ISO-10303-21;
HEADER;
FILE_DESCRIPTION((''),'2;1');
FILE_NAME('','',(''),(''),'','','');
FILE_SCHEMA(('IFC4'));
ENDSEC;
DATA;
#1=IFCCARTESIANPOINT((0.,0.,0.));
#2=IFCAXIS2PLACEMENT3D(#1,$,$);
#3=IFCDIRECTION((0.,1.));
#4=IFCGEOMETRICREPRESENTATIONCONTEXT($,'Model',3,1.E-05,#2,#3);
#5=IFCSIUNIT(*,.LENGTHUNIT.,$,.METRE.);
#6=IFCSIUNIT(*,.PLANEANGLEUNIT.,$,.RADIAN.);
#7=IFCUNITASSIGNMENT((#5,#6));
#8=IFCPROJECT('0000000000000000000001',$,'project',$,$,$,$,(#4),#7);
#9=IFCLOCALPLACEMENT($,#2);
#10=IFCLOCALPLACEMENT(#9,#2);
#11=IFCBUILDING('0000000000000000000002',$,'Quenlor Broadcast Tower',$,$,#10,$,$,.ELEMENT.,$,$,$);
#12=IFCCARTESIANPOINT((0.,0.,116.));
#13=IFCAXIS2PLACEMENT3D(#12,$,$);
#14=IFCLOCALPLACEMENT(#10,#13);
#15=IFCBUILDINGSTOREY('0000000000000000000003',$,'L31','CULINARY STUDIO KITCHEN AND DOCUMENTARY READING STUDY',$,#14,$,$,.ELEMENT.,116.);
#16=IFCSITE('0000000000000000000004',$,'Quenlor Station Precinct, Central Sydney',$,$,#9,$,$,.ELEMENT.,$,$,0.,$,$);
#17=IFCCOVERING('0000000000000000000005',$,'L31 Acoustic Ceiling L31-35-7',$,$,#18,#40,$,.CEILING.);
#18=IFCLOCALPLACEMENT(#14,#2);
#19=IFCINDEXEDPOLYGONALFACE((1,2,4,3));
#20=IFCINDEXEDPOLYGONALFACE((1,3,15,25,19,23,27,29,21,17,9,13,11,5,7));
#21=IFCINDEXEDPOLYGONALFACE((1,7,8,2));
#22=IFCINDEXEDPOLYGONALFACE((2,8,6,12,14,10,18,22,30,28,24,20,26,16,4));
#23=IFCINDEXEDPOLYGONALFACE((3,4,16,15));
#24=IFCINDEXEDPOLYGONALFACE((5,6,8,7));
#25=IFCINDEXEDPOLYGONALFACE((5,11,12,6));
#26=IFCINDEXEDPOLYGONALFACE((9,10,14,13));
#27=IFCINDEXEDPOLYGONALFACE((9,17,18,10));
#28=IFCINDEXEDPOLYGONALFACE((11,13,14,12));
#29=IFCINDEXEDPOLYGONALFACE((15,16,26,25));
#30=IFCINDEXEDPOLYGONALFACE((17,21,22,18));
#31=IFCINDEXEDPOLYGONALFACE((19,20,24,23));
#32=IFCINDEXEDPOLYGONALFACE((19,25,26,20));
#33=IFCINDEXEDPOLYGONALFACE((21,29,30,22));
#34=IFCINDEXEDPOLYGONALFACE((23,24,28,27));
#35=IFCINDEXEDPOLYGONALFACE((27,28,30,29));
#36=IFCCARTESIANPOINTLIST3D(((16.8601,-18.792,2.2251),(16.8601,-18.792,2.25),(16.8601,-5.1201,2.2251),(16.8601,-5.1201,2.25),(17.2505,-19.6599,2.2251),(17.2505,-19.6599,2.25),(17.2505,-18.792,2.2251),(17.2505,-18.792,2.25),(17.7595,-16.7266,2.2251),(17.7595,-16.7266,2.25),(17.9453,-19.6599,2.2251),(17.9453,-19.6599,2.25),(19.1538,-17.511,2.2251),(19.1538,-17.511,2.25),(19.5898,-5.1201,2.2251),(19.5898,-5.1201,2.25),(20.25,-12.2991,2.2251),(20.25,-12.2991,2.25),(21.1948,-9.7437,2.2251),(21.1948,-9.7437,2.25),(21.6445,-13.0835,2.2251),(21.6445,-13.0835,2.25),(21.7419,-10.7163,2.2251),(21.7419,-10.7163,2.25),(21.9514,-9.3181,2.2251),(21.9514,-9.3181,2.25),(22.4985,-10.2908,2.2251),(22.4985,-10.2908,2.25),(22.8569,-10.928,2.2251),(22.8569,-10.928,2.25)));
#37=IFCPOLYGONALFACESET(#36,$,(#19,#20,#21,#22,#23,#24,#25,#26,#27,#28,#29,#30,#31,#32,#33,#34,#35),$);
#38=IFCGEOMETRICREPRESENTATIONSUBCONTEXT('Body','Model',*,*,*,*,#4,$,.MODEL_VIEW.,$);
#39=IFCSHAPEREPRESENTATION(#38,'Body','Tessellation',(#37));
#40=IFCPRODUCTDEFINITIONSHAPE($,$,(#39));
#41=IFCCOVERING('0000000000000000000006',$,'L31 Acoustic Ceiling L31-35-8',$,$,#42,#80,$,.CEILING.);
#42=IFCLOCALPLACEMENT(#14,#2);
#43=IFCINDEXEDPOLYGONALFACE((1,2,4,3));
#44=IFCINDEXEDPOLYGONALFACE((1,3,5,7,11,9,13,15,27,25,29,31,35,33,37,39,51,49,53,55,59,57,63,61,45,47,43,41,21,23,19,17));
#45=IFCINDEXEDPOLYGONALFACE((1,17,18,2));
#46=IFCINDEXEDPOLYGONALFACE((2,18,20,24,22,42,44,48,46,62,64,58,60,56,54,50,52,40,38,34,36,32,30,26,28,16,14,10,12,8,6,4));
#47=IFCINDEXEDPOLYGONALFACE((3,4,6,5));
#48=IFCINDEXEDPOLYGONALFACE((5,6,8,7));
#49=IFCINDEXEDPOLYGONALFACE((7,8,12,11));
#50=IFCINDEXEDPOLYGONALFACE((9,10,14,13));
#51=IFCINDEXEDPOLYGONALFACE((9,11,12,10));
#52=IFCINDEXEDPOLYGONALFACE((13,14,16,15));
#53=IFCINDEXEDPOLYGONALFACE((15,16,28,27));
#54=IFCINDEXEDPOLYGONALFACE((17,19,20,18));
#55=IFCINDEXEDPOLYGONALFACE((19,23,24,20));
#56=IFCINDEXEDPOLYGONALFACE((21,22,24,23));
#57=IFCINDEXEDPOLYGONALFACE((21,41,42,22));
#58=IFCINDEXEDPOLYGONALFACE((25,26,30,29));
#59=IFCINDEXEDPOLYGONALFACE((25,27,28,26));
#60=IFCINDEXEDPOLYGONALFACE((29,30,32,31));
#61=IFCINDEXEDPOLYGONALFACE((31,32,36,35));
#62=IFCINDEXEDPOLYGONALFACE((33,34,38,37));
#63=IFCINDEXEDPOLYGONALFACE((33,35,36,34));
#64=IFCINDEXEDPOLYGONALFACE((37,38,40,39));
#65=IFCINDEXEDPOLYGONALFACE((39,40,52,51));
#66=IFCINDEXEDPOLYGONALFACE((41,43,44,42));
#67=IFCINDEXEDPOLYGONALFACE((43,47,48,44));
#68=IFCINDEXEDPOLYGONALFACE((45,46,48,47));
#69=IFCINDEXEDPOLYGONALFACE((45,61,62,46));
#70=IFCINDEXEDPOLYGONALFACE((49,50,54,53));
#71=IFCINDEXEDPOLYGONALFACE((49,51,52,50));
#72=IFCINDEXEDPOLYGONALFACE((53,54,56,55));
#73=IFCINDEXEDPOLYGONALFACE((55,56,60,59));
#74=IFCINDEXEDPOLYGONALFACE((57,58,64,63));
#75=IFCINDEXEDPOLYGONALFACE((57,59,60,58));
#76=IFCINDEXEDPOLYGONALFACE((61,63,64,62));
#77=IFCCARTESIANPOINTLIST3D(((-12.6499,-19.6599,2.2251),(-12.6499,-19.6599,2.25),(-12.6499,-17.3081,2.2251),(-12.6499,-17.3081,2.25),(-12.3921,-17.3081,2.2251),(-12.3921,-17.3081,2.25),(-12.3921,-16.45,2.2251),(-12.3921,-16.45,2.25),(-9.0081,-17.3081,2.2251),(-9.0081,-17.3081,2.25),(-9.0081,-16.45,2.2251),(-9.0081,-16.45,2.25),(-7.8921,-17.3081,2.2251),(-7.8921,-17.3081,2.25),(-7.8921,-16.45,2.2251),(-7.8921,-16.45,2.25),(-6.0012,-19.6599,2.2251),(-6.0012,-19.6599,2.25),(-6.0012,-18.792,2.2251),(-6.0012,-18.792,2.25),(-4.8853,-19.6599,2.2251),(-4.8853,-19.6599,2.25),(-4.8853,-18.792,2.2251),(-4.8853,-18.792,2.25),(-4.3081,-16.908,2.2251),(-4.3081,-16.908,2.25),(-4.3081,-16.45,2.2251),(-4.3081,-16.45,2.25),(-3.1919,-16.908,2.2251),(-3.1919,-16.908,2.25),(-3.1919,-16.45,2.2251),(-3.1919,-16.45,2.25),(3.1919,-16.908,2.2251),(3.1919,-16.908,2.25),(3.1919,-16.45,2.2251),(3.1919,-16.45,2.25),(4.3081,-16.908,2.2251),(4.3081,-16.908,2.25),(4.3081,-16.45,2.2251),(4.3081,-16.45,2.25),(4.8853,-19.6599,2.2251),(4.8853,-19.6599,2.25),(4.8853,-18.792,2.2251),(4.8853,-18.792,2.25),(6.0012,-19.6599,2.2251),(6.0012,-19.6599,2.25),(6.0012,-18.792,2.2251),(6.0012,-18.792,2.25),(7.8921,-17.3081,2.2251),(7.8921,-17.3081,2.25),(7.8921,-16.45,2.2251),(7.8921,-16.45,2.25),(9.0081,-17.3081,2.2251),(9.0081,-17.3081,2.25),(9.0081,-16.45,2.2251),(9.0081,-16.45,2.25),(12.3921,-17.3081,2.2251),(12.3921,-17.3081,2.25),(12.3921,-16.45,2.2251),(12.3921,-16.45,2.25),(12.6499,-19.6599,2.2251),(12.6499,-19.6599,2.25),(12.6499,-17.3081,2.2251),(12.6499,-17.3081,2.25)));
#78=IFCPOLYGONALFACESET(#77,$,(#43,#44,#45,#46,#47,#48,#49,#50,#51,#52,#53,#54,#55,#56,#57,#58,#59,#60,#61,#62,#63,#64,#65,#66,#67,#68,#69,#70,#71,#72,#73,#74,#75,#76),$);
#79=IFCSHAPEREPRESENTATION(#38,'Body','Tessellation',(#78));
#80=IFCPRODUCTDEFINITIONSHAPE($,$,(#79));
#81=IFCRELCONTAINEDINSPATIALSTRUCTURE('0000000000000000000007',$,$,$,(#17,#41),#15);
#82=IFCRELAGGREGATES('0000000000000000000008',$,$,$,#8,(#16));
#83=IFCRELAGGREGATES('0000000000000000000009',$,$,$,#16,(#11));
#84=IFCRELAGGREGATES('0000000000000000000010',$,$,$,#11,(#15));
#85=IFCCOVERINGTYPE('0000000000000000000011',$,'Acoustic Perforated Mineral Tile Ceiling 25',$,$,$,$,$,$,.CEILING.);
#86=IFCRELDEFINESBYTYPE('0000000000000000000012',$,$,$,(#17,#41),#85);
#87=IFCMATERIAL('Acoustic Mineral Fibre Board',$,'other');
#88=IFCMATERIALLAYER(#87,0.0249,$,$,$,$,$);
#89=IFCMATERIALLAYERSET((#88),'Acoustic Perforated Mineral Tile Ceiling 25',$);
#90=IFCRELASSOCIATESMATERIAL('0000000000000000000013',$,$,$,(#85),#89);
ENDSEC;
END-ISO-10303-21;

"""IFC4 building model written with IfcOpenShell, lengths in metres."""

from ifc_helpers import new_model, si_unit, direction, frame, origin, place, context, subcontext, project, spatial, polyline, outline, extrude, material, layer, layer_set, type_object, element, save


model = new_model("IFC4")

# Units and contexts
model_context = context("Model", 3, precision=1e-05, world=origin(), true_north=direction((0.0, 1.0)))
body_context = subcontext(model_context, "Body", "Model", "MODEL_VIEW")
ifc_project = project(units=[si_unit("LENGTHUNIT", "METRE"), si_unit("PLANEANGLEUNIT", "RADIAN")], contexts=[model_context])

# Site, building, storey
site_placement = place(None, origin())
site = spatial("IfcSite", under=ifc_project, at=site_placement, Name="Quenlor Station Precinct, Central Sydney", CompositionType="ELEMENT", RefElevation=0.0)
building_placement = place(site_placement, origin())
building = spatial("IfcBuilding", under=site, at=building_placement, Name="Quenlor Broadcast Tower", CompositionType="ELEMENT")
storey_placement = place(building_placement, frame((0.0, 0.0, 116.0)))
storey = spatial("IfcBuildingStorey", under=building, at=storey_placement, Name="L31", Description="CULINARY STUDIO KITCHEN AND DOCUMENTARY READING STUDY", CompositionType="ELEMENT", Elevation=116.0)

# Coverings
ifc_material_1 = material(Name="Acoustic Mineral Fibre Board", Category="other")
ifc_layer_1 = layer(ifc_material_1, 0.0249)
ifc_layer_set_1 = layer_set([ifc_layer_1], Name="Acoustic Perforated Mineral Tile Ceiling 25")
covering_type = type_object("IfcCoveringType", Name="Acoustic Perforated Mineral Tile Ceiling 25", PredefinedType="CEILING", material=ifc_layer_set_1)
covering_1_placement = place(storey_placement, frame((0.0, 0.0, 2.2251)))
element("IfcCovering", 1, at=covering_1_placement, inside=storey, type_object=covering_type, Name="L31 Acoustic Ceiling L31-35-7", PredefinedType="CEILING", context=body_context, shape_type="SweptSolid", body=[
    extrude(outline(polyline([(21.9514, -9.3181), (21.1948, -9.7437), (21.7419, -10.7163), (22.4985, -10.2908), (22.8569, -10.928), (21.6445, -13.0835), (20.25, -12.2991), (17.7595, -16.7266), (19.1538, -17.511), (17.9453, -19.6599), (17.2505, -19.6599), (17.2505, -18.792), (16.8601, -18.792), (16.8601, -5.1201), (19.5898, -5.1201), (21.9514, -9.3181)])), origin(), (0.0, 0.0, 1.0), 0.0249),
])
covering_2_placement = place(storey_placement, frame((0.0, 0.0, 2.2251)))
element("IfcCovering", 2, at=covering_2_placement, inside=storey, type_object=covering_type, Name="L31 Acoustic Ceiling L31-35-8", PredefinedType="CEILING", context=body_context, shape_type="SweptSolid", body=[
    extrude(outline(polyline([(-12.3921, -17.3081), (-12.3921, -16.45), (-9.0081, -16.45), (-9.0081, -17.3081), (-7.8921, -17.3081), (-7.8921, -16.45), (-4.3081, -16.45), (-4.3081, -16.908), (-3.1919, -16.908), (-3.1919, -16.45), (3.1919, -16.45), (3.1919, -16.908), (4.3081, -16.908), (4.3081, -16.45), (7.8921, -16.45), (7.8921, -17.3081), (9.0081, -17.3081), (9.0081, -16.45), (12.3921, -16.45), (12.3921, -17.3081), (12.6499, -17.3081), (12.6499, -19.6599), (6.0012, -19.6599), (6.0012, -18.792), (4.8853, -18.792), (4.8853, -19.6599), (-4.8853, -19.6599), (-4.8853, -18.792), (-6.0012, -18.792), (-6.0012, -19.6599), (-12.6499, -19.6599), (-12.6499, -17.3081), (-12.3921, -17.3081)])), origin(), (0.0, 0.0, 1.0), 0.0249),
])

save(model, "model.ifc")
